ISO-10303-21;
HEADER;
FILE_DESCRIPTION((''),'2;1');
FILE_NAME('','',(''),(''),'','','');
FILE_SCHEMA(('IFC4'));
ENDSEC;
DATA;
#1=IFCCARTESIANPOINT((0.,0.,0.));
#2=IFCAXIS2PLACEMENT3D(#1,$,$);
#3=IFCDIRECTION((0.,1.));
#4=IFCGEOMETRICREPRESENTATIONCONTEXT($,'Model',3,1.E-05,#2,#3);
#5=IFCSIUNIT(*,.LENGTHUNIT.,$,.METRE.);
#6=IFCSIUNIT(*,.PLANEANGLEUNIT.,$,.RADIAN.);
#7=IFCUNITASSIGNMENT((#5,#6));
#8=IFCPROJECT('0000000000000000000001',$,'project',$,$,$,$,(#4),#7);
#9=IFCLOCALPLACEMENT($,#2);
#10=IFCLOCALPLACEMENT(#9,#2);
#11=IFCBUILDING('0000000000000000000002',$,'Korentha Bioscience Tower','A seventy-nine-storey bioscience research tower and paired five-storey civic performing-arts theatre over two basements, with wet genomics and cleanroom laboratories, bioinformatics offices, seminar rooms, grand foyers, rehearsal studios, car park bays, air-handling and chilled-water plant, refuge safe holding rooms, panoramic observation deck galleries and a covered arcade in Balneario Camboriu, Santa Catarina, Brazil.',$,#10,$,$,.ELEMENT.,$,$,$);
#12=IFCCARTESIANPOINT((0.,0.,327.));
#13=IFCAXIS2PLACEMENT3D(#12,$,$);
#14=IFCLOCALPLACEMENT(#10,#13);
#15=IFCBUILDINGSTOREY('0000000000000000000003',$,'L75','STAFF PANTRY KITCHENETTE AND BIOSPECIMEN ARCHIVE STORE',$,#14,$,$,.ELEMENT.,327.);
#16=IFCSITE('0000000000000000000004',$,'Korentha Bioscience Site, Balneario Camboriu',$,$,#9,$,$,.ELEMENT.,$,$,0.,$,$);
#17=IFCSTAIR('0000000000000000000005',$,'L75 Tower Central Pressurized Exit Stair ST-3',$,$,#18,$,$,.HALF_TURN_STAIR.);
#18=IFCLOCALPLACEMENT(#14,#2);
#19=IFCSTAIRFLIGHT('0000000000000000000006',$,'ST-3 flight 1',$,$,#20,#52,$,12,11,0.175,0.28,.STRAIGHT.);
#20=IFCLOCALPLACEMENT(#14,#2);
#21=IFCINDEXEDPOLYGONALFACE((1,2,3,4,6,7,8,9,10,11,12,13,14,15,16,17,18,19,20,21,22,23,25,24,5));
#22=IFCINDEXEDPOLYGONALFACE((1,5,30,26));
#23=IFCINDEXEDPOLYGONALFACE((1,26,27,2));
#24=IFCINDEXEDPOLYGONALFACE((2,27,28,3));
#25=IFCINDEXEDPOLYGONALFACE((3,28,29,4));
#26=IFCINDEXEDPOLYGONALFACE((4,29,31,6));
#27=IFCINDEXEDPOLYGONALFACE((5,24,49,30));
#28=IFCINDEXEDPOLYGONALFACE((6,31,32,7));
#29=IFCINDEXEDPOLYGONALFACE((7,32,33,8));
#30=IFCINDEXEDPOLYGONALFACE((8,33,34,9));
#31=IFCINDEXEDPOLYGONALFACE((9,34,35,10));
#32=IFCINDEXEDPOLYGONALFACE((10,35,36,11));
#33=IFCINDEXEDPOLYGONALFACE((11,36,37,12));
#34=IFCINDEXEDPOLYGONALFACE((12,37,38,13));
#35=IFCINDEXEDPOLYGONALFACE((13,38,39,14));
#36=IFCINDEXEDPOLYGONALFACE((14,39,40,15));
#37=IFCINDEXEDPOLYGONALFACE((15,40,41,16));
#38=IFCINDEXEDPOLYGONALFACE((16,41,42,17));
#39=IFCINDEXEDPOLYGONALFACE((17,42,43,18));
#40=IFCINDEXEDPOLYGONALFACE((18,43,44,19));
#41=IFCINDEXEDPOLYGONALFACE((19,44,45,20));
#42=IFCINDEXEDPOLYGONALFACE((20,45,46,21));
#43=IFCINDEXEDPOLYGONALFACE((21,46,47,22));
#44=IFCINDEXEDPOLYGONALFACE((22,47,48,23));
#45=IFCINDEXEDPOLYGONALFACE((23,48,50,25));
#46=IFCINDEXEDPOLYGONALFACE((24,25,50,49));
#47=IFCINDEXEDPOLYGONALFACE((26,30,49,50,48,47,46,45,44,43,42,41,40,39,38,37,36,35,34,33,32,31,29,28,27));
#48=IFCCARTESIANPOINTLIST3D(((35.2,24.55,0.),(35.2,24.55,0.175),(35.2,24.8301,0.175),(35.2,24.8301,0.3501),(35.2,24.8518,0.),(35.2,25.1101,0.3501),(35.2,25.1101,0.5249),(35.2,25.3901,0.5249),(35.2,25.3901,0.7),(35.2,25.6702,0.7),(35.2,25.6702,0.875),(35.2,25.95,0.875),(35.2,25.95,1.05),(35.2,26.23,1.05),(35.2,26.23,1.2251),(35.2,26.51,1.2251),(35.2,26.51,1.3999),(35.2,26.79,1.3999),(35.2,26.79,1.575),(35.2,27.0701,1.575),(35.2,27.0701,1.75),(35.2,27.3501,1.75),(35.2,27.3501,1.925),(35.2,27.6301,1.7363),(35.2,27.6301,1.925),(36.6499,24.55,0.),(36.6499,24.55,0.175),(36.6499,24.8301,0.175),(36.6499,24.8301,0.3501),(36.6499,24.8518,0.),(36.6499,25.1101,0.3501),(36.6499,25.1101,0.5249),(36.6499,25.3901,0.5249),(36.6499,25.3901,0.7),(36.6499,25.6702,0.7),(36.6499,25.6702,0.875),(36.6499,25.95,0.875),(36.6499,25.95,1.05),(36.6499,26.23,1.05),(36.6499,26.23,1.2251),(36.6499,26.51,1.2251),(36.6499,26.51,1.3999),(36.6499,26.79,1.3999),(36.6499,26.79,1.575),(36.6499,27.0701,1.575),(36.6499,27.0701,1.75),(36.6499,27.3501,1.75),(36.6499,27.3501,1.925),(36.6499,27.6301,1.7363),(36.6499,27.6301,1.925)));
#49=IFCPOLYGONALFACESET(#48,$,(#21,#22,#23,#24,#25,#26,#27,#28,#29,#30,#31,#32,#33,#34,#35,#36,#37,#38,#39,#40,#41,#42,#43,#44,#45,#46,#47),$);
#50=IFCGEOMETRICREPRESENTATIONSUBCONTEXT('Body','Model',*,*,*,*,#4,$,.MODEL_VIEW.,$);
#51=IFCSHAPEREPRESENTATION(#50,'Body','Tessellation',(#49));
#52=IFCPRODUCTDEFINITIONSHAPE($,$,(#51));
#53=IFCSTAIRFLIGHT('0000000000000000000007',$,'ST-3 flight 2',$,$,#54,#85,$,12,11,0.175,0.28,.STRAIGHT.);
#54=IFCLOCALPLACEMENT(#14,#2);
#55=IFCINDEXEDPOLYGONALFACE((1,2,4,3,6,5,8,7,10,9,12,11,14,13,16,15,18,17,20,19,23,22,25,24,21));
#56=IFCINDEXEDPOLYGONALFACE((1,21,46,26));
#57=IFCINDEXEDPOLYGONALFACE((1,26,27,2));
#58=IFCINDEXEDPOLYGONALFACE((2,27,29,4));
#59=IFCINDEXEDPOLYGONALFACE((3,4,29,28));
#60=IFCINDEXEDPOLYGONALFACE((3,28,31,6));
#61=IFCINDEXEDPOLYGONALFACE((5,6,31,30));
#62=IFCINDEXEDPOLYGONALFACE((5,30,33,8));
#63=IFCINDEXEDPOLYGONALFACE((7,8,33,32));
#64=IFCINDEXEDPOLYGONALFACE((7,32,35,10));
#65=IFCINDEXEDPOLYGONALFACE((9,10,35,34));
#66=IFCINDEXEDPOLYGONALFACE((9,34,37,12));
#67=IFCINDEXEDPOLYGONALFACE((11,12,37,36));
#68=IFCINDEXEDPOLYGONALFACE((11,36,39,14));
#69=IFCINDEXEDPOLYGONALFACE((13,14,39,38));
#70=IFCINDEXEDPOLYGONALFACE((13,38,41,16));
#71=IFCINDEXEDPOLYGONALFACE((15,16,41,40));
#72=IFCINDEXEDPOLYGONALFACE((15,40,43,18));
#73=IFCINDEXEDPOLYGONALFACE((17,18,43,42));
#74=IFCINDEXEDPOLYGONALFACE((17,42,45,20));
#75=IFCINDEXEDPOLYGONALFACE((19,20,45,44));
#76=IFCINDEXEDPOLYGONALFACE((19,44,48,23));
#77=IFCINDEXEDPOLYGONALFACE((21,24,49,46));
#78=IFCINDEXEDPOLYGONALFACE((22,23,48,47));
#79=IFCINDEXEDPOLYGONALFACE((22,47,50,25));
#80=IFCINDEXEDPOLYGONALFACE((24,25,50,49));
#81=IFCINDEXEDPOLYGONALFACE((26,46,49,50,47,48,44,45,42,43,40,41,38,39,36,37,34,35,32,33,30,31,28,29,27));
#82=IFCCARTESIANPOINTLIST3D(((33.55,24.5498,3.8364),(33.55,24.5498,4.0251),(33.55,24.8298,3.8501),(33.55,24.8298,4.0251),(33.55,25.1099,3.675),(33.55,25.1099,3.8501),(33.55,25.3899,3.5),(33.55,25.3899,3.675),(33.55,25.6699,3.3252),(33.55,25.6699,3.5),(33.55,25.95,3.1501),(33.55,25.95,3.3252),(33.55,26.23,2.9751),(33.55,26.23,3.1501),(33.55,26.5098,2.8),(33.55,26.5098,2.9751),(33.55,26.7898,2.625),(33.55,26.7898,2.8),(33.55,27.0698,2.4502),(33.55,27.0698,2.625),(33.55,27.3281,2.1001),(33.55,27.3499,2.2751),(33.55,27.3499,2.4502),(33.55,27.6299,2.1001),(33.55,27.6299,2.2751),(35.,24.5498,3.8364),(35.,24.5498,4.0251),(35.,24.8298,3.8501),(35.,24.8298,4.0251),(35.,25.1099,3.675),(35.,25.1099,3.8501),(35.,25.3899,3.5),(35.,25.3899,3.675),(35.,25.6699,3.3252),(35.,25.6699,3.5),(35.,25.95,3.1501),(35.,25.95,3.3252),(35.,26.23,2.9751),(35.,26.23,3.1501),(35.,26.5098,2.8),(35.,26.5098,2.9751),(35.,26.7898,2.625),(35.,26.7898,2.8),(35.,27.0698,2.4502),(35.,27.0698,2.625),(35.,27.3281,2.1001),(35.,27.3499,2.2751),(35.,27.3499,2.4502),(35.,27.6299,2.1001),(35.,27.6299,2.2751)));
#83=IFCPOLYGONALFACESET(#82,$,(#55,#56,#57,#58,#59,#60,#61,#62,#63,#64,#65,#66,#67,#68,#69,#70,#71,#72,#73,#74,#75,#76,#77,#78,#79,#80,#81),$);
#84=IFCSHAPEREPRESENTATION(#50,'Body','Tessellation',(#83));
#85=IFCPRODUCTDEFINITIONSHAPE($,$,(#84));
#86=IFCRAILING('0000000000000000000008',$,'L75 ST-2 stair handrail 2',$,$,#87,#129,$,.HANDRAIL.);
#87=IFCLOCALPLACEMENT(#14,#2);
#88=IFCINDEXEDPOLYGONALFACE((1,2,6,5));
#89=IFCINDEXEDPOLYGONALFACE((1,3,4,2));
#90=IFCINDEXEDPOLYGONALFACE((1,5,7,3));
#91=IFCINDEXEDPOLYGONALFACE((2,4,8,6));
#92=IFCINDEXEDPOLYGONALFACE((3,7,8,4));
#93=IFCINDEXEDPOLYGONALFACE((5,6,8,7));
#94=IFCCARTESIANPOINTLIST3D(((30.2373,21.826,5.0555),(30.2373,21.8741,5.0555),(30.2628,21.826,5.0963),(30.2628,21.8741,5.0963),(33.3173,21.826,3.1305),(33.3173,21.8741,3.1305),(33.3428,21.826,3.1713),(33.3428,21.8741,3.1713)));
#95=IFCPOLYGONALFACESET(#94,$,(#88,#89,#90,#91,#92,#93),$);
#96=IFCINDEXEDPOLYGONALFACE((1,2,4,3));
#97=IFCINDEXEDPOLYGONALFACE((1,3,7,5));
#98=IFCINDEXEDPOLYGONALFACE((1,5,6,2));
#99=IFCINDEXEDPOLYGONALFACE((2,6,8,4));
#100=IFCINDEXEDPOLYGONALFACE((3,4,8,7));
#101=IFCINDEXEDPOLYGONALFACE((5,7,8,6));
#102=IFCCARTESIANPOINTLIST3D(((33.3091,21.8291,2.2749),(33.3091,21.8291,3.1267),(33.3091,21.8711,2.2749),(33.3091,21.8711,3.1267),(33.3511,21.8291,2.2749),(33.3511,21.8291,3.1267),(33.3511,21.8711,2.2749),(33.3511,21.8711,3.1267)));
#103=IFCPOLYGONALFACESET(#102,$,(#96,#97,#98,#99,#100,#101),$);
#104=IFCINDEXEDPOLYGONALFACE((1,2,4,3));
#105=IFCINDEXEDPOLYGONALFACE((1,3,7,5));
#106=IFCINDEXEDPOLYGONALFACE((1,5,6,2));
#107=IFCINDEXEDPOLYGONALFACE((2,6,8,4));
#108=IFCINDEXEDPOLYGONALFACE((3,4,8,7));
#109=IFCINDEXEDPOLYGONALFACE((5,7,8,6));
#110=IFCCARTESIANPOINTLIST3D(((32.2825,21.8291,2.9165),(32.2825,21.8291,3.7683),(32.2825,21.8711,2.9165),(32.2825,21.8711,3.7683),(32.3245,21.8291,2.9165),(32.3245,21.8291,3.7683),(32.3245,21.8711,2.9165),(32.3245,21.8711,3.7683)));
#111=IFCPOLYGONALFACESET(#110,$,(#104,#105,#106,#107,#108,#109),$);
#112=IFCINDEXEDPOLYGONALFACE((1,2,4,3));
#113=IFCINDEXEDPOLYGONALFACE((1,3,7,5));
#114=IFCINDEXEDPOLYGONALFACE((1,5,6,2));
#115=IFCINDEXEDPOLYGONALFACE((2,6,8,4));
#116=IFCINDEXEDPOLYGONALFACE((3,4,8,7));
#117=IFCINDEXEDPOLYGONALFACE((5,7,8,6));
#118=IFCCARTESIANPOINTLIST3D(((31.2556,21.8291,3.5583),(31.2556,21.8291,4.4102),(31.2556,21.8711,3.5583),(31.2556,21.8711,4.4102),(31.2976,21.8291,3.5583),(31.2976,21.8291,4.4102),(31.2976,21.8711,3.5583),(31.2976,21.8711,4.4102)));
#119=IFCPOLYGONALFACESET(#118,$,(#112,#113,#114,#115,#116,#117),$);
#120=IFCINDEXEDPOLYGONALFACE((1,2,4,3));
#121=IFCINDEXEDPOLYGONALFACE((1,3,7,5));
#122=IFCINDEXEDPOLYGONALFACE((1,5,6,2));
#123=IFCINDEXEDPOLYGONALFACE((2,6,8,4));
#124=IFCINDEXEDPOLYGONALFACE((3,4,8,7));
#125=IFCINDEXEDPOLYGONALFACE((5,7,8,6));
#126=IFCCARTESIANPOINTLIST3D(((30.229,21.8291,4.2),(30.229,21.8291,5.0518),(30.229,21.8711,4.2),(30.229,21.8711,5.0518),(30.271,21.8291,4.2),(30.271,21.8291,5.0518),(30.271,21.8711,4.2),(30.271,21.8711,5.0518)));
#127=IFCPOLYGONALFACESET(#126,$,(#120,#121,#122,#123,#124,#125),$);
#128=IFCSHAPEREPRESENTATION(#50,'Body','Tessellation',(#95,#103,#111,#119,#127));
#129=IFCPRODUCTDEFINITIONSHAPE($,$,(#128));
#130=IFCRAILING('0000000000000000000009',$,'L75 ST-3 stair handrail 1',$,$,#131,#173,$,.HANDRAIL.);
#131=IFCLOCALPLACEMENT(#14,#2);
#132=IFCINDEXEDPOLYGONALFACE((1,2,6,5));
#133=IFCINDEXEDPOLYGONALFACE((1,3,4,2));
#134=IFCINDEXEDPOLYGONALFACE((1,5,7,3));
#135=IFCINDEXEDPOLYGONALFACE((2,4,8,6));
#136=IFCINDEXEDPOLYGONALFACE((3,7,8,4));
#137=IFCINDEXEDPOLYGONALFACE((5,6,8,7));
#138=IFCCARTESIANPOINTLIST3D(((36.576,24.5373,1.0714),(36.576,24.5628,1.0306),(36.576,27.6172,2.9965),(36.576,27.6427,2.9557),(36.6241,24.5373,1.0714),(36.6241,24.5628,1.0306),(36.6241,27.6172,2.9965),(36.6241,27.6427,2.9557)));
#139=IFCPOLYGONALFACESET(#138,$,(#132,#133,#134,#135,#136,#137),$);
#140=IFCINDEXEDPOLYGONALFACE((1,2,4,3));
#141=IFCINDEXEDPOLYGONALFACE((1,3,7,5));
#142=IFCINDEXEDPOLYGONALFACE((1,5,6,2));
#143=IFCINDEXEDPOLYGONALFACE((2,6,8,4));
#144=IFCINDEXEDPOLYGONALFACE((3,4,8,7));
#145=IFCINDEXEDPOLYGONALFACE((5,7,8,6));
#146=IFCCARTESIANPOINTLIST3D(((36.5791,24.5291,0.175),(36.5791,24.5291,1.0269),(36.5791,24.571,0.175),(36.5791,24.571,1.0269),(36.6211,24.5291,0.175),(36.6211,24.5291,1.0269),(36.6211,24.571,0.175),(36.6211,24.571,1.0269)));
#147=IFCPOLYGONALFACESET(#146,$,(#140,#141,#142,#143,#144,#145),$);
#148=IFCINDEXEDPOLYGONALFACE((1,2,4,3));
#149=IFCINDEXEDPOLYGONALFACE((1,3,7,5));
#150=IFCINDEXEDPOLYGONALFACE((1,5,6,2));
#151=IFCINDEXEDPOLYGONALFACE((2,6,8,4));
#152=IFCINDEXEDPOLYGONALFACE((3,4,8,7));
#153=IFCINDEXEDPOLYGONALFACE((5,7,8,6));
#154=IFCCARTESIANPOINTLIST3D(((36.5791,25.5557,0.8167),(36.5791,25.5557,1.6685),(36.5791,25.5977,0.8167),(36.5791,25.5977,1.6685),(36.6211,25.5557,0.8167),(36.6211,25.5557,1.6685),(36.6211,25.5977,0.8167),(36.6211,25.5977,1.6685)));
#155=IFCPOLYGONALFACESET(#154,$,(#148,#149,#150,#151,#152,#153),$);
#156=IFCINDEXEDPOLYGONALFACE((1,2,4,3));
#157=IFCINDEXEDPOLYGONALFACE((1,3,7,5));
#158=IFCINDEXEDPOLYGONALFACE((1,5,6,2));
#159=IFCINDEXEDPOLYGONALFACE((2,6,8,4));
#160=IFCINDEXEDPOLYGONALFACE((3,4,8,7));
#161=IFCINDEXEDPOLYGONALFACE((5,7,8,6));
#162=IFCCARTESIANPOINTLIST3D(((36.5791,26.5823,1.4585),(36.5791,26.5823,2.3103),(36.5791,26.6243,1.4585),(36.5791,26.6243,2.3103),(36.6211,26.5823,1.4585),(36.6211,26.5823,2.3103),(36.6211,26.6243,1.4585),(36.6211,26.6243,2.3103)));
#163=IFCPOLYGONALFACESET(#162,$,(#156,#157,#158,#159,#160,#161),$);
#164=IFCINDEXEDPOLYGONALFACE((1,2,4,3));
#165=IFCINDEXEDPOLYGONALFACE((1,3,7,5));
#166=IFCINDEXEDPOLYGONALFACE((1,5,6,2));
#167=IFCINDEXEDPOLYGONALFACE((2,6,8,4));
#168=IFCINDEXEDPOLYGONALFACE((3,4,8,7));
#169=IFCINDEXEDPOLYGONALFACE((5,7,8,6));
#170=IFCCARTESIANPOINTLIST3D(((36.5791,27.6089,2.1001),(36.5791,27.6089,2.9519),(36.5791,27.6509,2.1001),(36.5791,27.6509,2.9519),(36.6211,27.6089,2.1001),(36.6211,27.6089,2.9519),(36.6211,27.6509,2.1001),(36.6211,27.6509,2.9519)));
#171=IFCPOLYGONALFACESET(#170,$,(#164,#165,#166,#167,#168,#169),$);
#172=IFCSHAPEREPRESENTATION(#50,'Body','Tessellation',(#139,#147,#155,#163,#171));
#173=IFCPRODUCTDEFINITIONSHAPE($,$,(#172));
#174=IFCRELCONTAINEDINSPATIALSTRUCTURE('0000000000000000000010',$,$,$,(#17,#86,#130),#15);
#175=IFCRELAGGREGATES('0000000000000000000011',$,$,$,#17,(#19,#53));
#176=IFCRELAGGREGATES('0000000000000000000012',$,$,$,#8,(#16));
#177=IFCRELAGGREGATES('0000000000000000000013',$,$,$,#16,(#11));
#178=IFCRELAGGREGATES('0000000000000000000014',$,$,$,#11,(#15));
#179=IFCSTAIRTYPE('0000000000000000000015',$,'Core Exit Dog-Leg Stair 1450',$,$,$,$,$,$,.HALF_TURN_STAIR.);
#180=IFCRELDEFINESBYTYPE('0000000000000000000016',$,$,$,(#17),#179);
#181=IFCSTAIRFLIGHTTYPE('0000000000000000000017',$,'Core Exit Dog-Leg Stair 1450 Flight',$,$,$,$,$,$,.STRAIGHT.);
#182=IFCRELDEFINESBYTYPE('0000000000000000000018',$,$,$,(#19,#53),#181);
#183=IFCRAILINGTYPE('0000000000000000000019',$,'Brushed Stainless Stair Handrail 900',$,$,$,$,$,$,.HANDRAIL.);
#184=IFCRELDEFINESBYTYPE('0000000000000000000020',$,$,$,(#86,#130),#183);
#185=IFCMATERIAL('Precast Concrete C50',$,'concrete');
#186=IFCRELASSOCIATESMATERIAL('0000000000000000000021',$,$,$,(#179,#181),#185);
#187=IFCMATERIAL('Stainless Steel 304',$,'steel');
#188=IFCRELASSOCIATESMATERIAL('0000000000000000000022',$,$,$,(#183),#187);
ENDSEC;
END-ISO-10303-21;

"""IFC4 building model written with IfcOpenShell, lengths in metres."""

from ifc_helpers import new_model, si_unit, direction, frame, origin, origin_2d, place, context, subcontext, project, spatial, polyline, rectangle, outline, extrude, material, type_object, element, aggregate, save


model = new_model("IFC4")

# Units and contexts
model_context = context("Model", 3, precision=1e-05, world=origin(), true_north=direction((0.0, 1.0)))
body_context = subcontext(model_context, "Body", "Model", "MODEL_VIEW")
ifc_project = project(units=[si_unit("LENGTHUNIT", "METRE"), si_unit("PLANEANGLEUNIT", "RADIAN")], contexts=[model_context])

# Site, building, storey
site_placement = place(None, origin())
site = spatial("IfcSite", under=ifc_project, at=site_placement, Name="Korentha Bioscience Site, Balneario Camboriu", CompositionType="ELEMENT", RefElevation=0.0)
building_placement = place(site_placement, origin())
building = spatial("IfcBuilding", under=site, at=building_placement, Name="Korentha Bioscience Tower", Description="A seventy-nine-storey bioscience research tower and paired five-storey civic performing-arts theatre over two basements, with wet genomics and cleanroom laboratories, bioinformatics offices, seminar rooms, grand foyers, rehearsal studios, car park bays, air-handling and chilled-water plant, refuge safe holding rooms, panoramic observation deck galleries and a covered arcade in Balneario Camboriu, Santa Catarina, Brazil.", CompositionType="ELEMENT")
storey_placement = place(building_placement, frame((0.0, 0.0, 327.0)))
storey = spatial("IfcBuildingStorey", under=building, at=storey_placement, Name="L75", Description="STAFF PANTRY KITCHENETTE AND BIOSPECIMEN ARCHIVE STORE", CompositionType="ELEMENT", Elevation=327.0)

# Stair, stair flights
ifc_material_1 = material(Name="Precast Concrete C50", Category="concrete")
stair_type = type_object("IfcStairType", Name="Core Exit Dog-Leg Stair 1450", PredefinedType="HALF_TURN_STAIR", material=ifc_material_1)
stair_flight_type = type_object("IfcStairFlightType", Name="Core Exit Dog-Leg Stair 1450 Flight", PredefinedType="STRAIGHT", material=ifc_material_1)
stair_1_placement = place(storey_placement, origin())
stair_1 = element("IfcStair", 1, at=stair_1_placement, inside=storey, type_object=stair_type, Name="L75 Tower Central Pressurized Exit Stair ST-3", PredefinedType="HALF_TURN_STAIR")
stair_flight_1_placement = place(storey_placement, frame((35.925, 24.55, 0.0), z_axis=(0.0, 0.0, 1.0), x_axis=(0.0, 1.0, 0.0)))
stair_flight_1 = element("IfcStairFlight", 2, at=stair_flight_1_placement, type_object=stair_flight_type, Name="ST-3 flight 1", NumberOfRisers=12, NumberOfTreads=11, PredefinedType="STRAIGHT", RiserHeight=0.175, TreadLength=0.28, context=body_context, shape_type="SweptSolid", body=[
    extrude(outline(polyline([(0.0, 0.0), (0.0, 0.175), (0.28, 0.175), (0.28, 0.3501), (0.5601, 0.3501), (0.5601, 0.5249), (0.8401, 0.5249), (0.8401, 0.7), (1.1201, 0.7), (1.1201, 0.875), (1.3999, 0.875), (1.3999, 1.05), (1.6799, 1.05), (1.6799, 1.2251), (1.96, 1.2251), (1.96, 1.3999), (2.24, 1.3999), (2.24, 1.575), (2.52, 1.575), (2.52, 1.75), (2.8, 1.75), (2.8, 1.925), (3.0801, 1.925), (3.0801, 2.1001), (3.0801, 1.7363), (0.3018, 0.0), (0.0, 0.0)])), frame((0.0, 0.7251, 0.0), z_axis=(0.0, -1.0, 0.0), x_axis=(1.0, 0.0, 0.0)), (0.0, 0.0, 1.0), 1.45),
])
stair_flight_2_placement = place(storey_placement, frame((34.2749, 27.6299, 2.1001), z_axis=(0.0, 0.0, 1.0), x_axis=(0.0, -1.0, 0.0)))
stair_flight_2 = element("IfcStairFlight", 3, at=stair_flight_2_placement, type_object=stair_flight_type, Name="ST-3 flight 2", NumberOfRisers=12, NumberOfTreads=11, PredefinedType="STRAIGHT", RiserHeight=0.175, TreadLength=0.28, context=body_context, shape_type="SweptSolid", body=[
    extrude(outline(polyline([(0.0, 0.0), (0.0, 0.175), (0.28, 0.175), (0.28, 0.3501), (0.5601, 0.3501), (0.5601, 0.5249), (0.8401, 0.5249), (0.8401, 0.7), (1.1201, 0.7), (1.1201, 0.875), (1.3999, 0.875), (1.3999, 1.05), (1.6799, 1.05), (1.6799, 1.2251), (1.96, 1.2251), (1.96, 1.3999), (2.24, 1.3999), (2.24, 1.575), (2.52, 1.575), (2.52, 1.75), (2.8, 1.75), (2.8, 1.925), (3.0801, 1.925), (3.0801, 2.1001), (3.0801, 1.7363), (0.3018, 0.0), (0.0, 0.0)])), frame((0.0, 0.7251, 0.0), z_axis=(0.0, -1.0, 0.0), x_axis=(1.0, 0.0, 0.0)), (0.0, 0.0, 1.0), 1.45),
])
aggregate(stair_1, [stair_flight_1, stair_flight_2])

# Railings
ifc_material_2 = material(Name="Stainless Steel 304", Category="steel")
railing_type_1 = type_object("IfcRailingType", Name="Brushed Stainless Stair Handrail 900", PredefinedType="HANDRAIL", material=ifc_material_2)
railing_1_placement = place(storey_placement, frame((33.3301, 21.8501, 2.2749)))
element("IfcRailing", 4, at=railing_1_placement, inside=storey, type_object=railing_type_1, Name="L75 ST-2 stair handrail 2", PredefinedType="HANDRAIL", context=body_context, shape_type="SweptSolid", body=[
    extrude(rectangle(XDim=0.0481, YDim=0.0481, at=origin_2d()), frame((0.0, 0.0, 0.876), z_axis=(-0.847998, 0.0, 0.529999), x_axis=(0.0, -1.0, 0.0)), (0.0, 0.0, 1.0), 3.6321),
    extrude(rectangle(XDim=0.042, YDim=0.042, at=origin_2d()), origin(), (0.0, 0.0, 1.0), 0.8518),
    extrude(rectangle(XDim=0.042, YDim=0.042, at=origin_2d()), frame((-1.0266, 0.0, 0.6416)), (0.0, 0.0, 1.0), 0.8518),
    extrude(rectangle(XDim=0.042, YDim=0.042, at=origin_2d()), frame((-2.0535, 0.0, 1.2834)), (0.0, 0.0, 1.0), 0.8518),
    extrude(rectangle(XDim=0.042, YDim=0.042, at=origin_2d()), frame((-3.0801, 0.0, 1.925)), (0.0, 0.0, 1.0), 0.8518),
])
railing_2_placement = place(storey_placement, frame((36.6001, 24.55, 0.175)))
element("IfcRailing", 5, at=railing_2_placement, inside=storey, type_object=railing_type_1, Name="L75 ST-3 stair handrail 1", PredefinedType="HANDRAIL", context=body_context, shape_type="SweptSolid", body=[
    extrude(rectangle(XDim=0.0481, YDim=0.0481, at=origin_2d()), frame((0.0, 0.0, 0.876), z_axis=(0.0, 0.847979, 0.530029), x_axis=(-1.0, 0.0, 0.0)), (0.0, 0.0, 1.0), 3.6321),
    extrude(rectangle(XDim=0.042, YDim=0.042, at=origin_2d()), origin(), (0.0, 0.0, 1.0), 0.8518),
    extrude(rectangle(XDim=0.042, YDim=0.042, at=origin_2d()), frame((0.0, 1.0266, 0.6416)), (0.0, 0.0, 1.0), 0.8518),
    extrude(rectangle(XDim=0.042, YDim=0.042, at=origin_2d()), frame((0.0, 2.0532, 1.2834)), (0.0, 0.0, 1.0), 0.8518),
    extrude(rectangle(XDim=0.042, YDim=0.042, at=origin_2d()), frame((0.0, 3.0798, 1.925)), (0.0, 0.0, 1.0), 0.8518),
])

save(model, "model.ifc")
